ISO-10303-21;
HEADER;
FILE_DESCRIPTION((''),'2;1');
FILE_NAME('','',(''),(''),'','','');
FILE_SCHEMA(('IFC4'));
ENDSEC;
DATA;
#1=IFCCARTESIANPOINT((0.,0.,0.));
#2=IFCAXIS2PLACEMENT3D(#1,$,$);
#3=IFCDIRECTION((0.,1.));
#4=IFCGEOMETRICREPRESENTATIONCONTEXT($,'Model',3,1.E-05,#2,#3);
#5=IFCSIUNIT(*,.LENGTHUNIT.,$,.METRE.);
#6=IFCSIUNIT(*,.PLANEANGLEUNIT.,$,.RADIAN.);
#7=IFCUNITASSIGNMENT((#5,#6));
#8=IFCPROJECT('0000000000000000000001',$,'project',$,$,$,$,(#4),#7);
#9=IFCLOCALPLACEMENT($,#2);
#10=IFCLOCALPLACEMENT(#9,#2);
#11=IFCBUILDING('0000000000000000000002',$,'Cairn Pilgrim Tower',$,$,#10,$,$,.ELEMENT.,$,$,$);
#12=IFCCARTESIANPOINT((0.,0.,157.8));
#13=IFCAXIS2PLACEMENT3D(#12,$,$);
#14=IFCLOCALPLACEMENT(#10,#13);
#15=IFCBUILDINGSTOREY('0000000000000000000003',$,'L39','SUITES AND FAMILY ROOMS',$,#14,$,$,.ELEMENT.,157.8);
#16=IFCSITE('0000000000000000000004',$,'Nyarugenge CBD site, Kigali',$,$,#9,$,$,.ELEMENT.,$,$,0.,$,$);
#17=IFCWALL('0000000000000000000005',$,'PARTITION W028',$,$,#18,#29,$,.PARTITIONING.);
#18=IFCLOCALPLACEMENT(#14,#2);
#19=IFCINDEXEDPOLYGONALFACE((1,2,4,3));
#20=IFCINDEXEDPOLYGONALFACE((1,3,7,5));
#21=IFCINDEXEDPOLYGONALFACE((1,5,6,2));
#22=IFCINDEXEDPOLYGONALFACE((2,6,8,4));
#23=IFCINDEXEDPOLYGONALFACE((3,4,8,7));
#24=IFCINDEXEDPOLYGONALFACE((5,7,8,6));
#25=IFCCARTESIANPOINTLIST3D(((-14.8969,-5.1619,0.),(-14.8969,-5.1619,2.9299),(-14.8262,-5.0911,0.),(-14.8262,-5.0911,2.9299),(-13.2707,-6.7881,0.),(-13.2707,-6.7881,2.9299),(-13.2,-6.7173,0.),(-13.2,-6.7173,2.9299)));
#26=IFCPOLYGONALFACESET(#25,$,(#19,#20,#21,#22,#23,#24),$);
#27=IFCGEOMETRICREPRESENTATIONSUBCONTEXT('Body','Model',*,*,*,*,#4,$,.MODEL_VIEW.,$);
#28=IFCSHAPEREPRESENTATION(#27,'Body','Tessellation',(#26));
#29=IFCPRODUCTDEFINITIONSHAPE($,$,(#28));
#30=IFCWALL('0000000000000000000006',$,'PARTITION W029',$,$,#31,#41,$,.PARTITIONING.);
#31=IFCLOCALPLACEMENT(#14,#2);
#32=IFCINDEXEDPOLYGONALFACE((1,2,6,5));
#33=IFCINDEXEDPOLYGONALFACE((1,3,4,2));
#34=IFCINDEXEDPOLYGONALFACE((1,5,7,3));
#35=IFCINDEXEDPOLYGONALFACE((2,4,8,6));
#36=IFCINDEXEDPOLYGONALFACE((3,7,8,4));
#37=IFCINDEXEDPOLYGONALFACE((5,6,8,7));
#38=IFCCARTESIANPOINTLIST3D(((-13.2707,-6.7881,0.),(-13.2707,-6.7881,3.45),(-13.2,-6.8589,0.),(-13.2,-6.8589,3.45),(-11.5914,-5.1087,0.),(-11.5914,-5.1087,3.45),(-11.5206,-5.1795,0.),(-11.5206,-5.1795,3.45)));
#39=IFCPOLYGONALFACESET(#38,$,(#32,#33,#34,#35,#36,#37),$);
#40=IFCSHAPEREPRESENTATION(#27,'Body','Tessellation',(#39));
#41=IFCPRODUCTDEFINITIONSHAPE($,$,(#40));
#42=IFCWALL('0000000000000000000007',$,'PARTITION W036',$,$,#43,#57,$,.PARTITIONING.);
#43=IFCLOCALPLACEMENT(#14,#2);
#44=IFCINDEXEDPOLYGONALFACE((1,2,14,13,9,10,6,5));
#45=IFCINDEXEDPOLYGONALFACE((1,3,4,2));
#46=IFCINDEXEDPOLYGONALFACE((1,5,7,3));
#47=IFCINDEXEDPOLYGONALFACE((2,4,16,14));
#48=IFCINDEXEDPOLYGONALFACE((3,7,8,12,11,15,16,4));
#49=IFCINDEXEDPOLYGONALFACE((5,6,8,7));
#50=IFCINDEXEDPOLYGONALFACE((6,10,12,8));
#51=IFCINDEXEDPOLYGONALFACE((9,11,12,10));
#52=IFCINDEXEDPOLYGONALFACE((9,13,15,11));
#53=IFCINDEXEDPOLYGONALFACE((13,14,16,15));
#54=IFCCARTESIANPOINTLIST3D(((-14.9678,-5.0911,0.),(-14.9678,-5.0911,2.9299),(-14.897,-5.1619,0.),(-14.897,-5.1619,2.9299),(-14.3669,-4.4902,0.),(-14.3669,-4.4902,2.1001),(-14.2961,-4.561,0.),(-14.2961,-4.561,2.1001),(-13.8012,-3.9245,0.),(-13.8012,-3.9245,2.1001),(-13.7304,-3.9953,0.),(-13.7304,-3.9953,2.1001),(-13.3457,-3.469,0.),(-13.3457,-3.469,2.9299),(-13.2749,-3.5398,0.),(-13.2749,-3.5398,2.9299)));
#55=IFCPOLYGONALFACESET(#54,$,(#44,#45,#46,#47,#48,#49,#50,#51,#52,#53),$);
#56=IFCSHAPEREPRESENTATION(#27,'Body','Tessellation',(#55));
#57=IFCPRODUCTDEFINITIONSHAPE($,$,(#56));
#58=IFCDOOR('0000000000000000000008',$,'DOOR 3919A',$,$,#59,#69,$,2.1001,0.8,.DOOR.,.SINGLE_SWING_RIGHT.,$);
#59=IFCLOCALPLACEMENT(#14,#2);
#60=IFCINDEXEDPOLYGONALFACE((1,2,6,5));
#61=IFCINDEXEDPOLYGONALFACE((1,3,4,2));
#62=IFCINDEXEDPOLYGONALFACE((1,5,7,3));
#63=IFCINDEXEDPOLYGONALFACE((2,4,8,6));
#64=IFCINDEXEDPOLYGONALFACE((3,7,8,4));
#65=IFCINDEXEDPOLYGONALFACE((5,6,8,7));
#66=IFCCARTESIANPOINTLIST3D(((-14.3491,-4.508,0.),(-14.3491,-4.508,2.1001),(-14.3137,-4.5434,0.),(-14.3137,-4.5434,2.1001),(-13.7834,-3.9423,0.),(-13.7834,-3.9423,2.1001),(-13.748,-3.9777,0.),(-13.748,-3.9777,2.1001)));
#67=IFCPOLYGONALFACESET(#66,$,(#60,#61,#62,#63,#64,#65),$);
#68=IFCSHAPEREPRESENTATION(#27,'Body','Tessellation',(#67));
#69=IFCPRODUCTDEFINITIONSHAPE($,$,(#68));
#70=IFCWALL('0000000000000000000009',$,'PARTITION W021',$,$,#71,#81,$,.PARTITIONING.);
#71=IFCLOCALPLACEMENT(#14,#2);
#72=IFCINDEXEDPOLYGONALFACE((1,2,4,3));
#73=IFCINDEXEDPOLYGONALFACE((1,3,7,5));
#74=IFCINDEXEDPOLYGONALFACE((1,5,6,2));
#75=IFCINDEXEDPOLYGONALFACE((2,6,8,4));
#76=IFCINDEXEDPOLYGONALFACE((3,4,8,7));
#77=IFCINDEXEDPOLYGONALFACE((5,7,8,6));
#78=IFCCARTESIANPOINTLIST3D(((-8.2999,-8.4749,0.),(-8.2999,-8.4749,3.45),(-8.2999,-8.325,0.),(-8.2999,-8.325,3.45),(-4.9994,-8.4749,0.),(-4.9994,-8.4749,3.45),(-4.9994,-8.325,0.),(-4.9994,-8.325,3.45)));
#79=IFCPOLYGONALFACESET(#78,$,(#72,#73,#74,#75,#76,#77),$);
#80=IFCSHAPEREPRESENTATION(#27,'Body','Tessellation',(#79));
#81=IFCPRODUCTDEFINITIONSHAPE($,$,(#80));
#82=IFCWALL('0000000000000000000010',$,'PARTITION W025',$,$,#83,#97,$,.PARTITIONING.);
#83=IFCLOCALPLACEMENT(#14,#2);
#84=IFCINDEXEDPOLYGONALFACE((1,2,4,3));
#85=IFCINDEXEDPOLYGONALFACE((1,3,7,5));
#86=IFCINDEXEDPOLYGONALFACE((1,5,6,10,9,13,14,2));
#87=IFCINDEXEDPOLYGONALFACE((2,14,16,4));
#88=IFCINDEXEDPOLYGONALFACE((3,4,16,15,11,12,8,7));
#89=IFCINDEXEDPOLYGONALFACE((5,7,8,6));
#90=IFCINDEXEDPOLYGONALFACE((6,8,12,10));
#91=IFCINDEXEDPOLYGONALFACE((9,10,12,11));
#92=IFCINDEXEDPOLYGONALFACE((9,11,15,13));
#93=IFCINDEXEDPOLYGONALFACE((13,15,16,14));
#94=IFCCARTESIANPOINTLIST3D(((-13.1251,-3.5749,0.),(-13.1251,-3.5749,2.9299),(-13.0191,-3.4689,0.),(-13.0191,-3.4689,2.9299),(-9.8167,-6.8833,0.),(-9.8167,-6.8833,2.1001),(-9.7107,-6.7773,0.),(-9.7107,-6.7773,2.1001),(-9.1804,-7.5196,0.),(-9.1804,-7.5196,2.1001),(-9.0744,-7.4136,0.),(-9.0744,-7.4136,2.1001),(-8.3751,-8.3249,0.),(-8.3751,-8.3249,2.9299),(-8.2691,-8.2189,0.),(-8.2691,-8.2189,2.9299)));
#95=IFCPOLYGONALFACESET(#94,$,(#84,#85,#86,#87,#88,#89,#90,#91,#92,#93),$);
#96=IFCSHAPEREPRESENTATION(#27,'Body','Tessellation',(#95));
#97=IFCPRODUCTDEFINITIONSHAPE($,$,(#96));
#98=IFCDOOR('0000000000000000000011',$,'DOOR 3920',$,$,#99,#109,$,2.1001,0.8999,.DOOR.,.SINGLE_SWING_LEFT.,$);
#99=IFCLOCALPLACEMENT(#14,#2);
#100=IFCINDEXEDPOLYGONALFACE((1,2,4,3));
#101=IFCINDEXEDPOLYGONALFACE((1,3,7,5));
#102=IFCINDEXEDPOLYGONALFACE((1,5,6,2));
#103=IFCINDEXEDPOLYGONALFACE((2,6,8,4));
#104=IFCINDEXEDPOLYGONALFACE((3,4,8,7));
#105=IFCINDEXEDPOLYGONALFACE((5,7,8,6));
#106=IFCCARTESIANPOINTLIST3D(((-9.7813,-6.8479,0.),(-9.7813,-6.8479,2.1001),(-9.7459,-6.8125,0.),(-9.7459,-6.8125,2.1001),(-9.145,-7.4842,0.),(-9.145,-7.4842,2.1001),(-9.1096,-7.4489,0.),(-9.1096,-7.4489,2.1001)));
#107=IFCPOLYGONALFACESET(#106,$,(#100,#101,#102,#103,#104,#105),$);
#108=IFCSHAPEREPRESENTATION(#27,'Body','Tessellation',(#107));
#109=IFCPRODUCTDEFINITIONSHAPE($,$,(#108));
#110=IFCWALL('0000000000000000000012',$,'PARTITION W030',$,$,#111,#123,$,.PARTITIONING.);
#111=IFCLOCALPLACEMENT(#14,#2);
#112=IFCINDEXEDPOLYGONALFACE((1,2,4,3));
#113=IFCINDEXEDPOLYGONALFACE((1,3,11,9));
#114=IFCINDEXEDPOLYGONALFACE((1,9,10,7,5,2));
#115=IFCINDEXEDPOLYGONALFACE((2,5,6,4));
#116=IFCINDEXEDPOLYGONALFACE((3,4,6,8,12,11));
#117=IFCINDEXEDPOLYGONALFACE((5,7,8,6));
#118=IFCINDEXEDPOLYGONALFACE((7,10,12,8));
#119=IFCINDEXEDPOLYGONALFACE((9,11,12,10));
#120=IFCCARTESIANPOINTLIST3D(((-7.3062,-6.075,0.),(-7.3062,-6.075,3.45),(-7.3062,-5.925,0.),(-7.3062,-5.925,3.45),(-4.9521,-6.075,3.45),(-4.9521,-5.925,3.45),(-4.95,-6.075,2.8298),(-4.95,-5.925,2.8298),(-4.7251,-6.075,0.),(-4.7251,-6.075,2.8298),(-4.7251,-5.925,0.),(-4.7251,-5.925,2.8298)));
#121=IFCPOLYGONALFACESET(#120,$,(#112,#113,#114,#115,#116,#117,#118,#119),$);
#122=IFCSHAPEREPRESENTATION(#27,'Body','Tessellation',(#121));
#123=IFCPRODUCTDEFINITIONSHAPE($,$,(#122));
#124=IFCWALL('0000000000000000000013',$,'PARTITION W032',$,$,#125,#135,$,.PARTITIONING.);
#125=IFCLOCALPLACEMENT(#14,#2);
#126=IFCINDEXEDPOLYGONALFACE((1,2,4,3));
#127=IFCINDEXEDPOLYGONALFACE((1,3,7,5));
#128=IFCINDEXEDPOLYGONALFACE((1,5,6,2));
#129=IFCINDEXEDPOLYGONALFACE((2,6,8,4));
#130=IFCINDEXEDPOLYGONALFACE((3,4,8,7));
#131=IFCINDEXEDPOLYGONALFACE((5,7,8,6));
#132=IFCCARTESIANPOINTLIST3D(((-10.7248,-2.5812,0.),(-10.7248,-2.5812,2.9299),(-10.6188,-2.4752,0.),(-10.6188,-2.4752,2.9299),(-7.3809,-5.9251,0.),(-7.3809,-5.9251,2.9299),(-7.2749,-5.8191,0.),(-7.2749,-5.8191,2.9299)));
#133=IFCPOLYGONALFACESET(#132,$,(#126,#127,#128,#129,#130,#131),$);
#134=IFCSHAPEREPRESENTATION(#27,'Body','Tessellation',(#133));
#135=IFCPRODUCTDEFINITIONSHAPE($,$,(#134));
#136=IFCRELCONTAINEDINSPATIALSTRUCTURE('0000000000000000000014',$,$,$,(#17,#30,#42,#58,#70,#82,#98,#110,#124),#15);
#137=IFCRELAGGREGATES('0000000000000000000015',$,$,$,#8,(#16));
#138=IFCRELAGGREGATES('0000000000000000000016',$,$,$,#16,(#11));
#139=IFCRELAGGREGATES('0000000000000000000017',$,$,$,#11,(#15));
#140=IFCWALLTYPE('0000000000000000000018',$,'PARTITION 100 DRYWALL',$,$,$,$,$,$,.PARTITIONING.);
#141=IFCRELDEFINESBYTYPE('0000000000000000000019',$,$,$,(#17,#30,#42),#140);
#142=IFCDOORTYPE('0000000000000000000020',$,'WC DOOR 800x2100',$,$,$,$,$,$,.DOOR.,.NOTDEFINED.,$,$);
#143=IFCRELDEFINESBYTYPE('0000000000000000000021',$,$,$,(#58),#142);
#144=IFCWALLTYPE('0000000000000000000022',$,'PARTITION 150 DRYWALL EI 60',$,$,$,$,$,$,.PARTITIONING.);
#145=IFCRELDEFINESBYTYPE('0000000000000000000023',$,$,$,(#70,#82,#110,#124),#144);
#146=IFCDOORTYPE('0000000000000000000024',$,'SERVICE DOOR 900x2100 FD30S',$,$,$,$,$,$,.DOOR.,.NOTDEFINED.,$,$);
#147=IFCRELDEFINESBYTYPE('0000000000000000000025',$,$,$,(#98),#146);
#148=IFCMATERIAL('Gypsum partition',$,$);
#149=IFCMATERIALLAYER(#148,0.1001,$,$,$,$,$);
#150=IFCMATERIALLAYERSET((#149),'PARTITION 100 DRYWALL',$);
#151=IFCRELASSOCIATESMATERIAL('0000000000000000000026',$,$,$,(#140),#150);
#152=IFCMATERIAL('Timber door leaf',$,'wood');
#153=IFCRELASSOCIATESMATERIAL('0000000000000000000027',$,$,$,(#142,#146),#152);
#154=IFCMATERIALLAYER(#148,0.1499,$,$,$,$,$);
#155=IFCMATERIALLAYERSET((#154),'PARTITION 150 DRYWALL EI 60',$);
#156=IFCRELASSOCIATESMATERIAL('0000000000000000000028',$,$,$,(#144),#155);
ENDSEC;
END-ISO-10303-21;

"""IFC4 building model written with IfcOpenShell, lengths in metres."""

from ifc_helpers import new_model, si_unit, direction, frame, frame_2d, origin, place, context, subcontext, project, spatial, polyline, rectangle, outline, extrude, material, layer, layer_set, type_object, element, fill, save


model = new_model("IFC4")

# Units and contexts
model_context = context("Model", 3, precision=1e-05, world=origin(), true_north=direction((0.0, 1.0)))
body_context = subcontext(model_context, "Body", "Model", "MODEL_VIEW")
ifc_project = project(units=[si_unit("LENGTHUNIT", "METRE"), si_unit("PLANEANGLEUNIT", "RADIAN")], contexts=[model_context])

# Site, building, storey
site_placement = place(None, origin())
site = spatial("IfcSite", under=ifc_project, at=site_placement, Name="Nyarugenge CBD site, Kigali", CompositionType="ELEMENT", RefElevation=0.0)
building_placement = place(site_placement, origin())
building = spatial("IfcBuilding", under=site, at=building_placement, Name="Cairn Pilgrim Tower", CompositionType="ELEMENT")
storey_placement = place(building_placement, frame((0.0, 0.0, 157.8)))
storey = spatial("IfcBuildingStorey", under=building, at=storey_placement, Name="L39", Description="SUITES AND FAMILY ROOMS", CompositionType="ELEMENT", Elevation=157.8)

# Walls
ifc_material_1 = material(Name="Gypsum partition")
ifc_layer_1 = layer(ifc_material_1, 0.1001)
ifc_layer_set_1 = layer_set([ifc_layer_1], Name="PARTITION 100 DRYWALL")
wall_type_1 = type_object("IfcWallType", Name="PARTITION 100 DRYWALL", PredefinedType="PARTITIONING", material=ifc_layer_set_1)
wall_1_placement = place(storey_placement, frame((-13.2354, -6.7527, 0.0), z_axis=(0.0, 0.0, 1.0), x_axis=(-0.707107, 0.707107, 0.0)))
element("IfcWall", 1, at=wall_1_placement, inside=storey, type_object=wall_type_1, Name="PARTITION W028", PredefinedType="PARTITIONING", context=body_context, shape_type="SweptSolid", body=[
    extrude(rectangle(XDim=2.2998, YDim=0.1001, at=frame_2d((1.1499, 0.0))), origin(), (0.0, 0.0, 1.0), 2.9299),
])
wall_2_placement = place(storey_placement, frame((-13.2354, -6.8235, 0.0), z_axis=(0.0, 0.0, 1.0), x_axis=(0.707107, 0.707107, 0.0)))
element("IfcWall", 2, at=wall_2_placement, inside=storey, type_object=wall_type_1, Name="PARTITION W029", PredefinedType="PARTITIONING", context=body_context, shape_type="SweptSolid", body=[
    extrude(rectangle(XDim=2.375, YDim=0.1001, at=frame_2d((1.1875, 0.0))), origin(), (0.0, 0.0, 1.0), 3.45),
])

# Wall, opening, door
wall_3_placement = place(storey_placement, frame((-14.9324, -5.1265, 0.0), z_axis=(0.0, 0.0, 1.0), x_axis=(0.707107, 0.707107, 0.0)))
wall_3 = element("IfcWall", 3, at=wall_3_placement, inside=storey, type_object=wall_type_1, Name="PARTITION W036", PredefinedType="PARTITIONING", context=body_context, shape_type="SweptSolid", body=[
    extrude(rectangle(XDim=2.2939, YDim=0.1001, at=frame_2d((1.147, 0.0))), origin(), (0.0, 0.0, 1.0), 2.9299),
])
opening_1_placement = place(wall_3_placement, frame((0.8499, 0.0, 0.0)))
opening_1 = element("IfcOpeningElement", 4, at=opening_1_placement, cuts=wall_3, PredefinedType="OPENING", context=body_context, shape_type="SweptSolid", body=[
    extrude(rectangle(XDim=0.8, YDim=2.1001, at=frame_2d((0.3999, 1.05))), frame((0.0, 0.0601, 0.0), z_axis=(0.0, -1.0, 0.0), x_axis=(1.0, 0.0, 0.0)), (0.0, 0.0, 1.0), 0.1201),
])
ifc_material_2 = material(Name="Timber door leaf", Category="wood")
door_type_1 = type_object("IfcDoorType", Name="WC DOOR 800x2100", OperationType="NOTDEFINED", PredefinedType="DOOR", material=ifc_material_2)
door_1_placement = place(opening_1_placement, origin())
door_1 = element("IfcDoor", 5, at=door_1_placement, inside=storey, type_object=door_type_1, Name="DOOR 3919A", OperationType="SINGLE_SWING_RIGHT", OverallHeight=2.1001, OverallWidth=0.8, PredefinedType="DOOR", context=body_context, shape_type="SweptSolid", body=[
    extrude(rectangle(XDim=0.8, YDim=2.1001, at=frame_2d((0.3999, 1.05))), frame((0.0, 0.0249, 0.0), z_axis=(0.0, -1.0, 0.0), x_axis=(1.0, 0.0, 0.0)), (0.0, 0.0, 1.0), 0.05),
])
fill(opening_1, door_1)

# Wall
ifc_layer_2 = layer(ifc_material_1, 0.1499)
ifc_layer_set_2 = layer_set([ifc_layer_2], Name="PARTITION 150 DRYWALL EI 60")
wall_type_2 = type_object("IfcWallType", Name="PARTITION 150 DRYWALL EI 60", PredefinedType="PARTITIONING", material=ifc_layer_set_2)
wall_4_placement = place(storey_placement, frame((-8.3, -8.3999, 0.0), z_axis=(0.0, 0.0, 1.0), x_axis=(1.0, 0.0, 0.0)))
element("IfcWall", 6, at=wall_4_placement, inside=storey, type_object=wall_type_2, Name="PARTITION W021", PredefinedType="PARTITIONING", context=body_context, shape_type="SweptSolid", body=[
    extrude(rectangle(XDim=3.3005, YDim=0.1499, at=frame_2d((1.6504, 0.0))), origin(), (0.0, 0.0, 1.0), 3.45),
])

# Wall, opening, door
wall_5_placement = place(storey_placement, frame((-8.322, -8.272, 0.0), z_axis=(0.0, 0.0, 1.0), x_axis=(-0.707107, 0.707107, 0.0)))
wall_5 = element("IfcWall", 7, at=wall_5_placement, inside=storey, type_object=wall_type_2, Name="PARTITION W025", PredefinedType="PARTITIONING", context=body_context, shape_type="SweptSolid", body=[
    extrude(rectangle(XDim=6.7175, YDim=0.1499, at=frame_2d((3.3589, 0.0))), origin(), (0.0, 0.0, 1.0), 2.9299),
])
opening_2_placement = place(wall_5_placement, frame((1.1389, 0.0, 0.0)))
opening_2 = element("IfcOpeningElement", 8, at=opening_2_placement, cuts=wall_5, PredefinedType="OPENING", context=body_context, shape_type="SweptSolid", body=[
    extrude(rectangle(XDim=0.8999, YDim=2.1001, at=frame_2d((0.45, 1.05))), frame((0.0, 0.085, 0.0), z_axis=(0.0, -1.0, 0.0), x_axis=(1.0, 0.0, 0.0)), (0.0, 0.0, 1.0), 0.1699),
])
door_type_2 = type_object("IfcDoorType", Name="SERVICE DOOR 900x2100 FD30S", OperationType="NOTDEFINED", PredefinedType="DOOR", material=ifc_material_2)
door_2_placement = place(opening_2_placement, origin())
door_2 = element("IfcDoor", 9, at=door_2_placement, inside=storey, type_object=door_type_2, Name="DOOR 3920", OperationType="SINGLE_SWING_LEFT", OverallHeight=2.1001, OverallWidth=0.8999, PredefinedType="DOOR", context=body_context, shape_type="SweptSolid", body=[
    extrude(rectangle(XDim=0.8999, YDim=2.1001, at=frame_2d((0.45, 1.05))), frame((0.0, 0.0249, 0.0), z_axis=(0.0, -1.0, 0.0), x_axis=(1.0, 0.0, 0.0)), (0.0, 0.0, 1.0), 0.05),
])
fill(opening_2, door_2)

# Walls
wall_6_placement = place(storey_placement, frame((-7.3062, -6.0, 0.0), z_axis=(0.0, 0.0, 1.0), x_axis=(1.0, 0.0, 0.0)))
element("IfcWall", 10, at=wall_6_placement, inside=storey, type_object=wall_type_2, Name="PARTITION W030", PredefinedType="PARTITIONING", context=body_context, shape_type="SweptSolid", body=[
    extrude(outline(polyline([(0.0, 0.0), (2.5811, 0.0), (2.5811, 2.8298), (2.3562, 2.8298), (2.354, 3.45), (0.0, 3.45), (0.0, 0.0)])), frame((0.0, 0.075, 0.0), z_axis=(0.0, -1.0, 0.0), x_axis=(1.0, 0.0, 0.0)), (0.0, 0.0, 1.0), 0.1499),
])
wall_7_placement = place(storey_placement, frame((-7.3279, -5.8721, 0.0), z_axis=(0.0, 0.0, 1.0), x_axis=(-0.707107, 0.707107, 0.0)))
element("IfcWall", 11, at=wall_7_placement, inside=storey, type_object=wall_type_2, Name="PARTITION W032", PredefinedType="PARTITIONING", context=body_context, shape_type="SweptSolid", body=[
    extrude(rectangle(XDim=4.729, YDim=0.1499, at=frame_2d((2.3645, 0.0))), origin(), (0.0, 0.0, 1.0), 2.9299),
])

save(model, "model.ifc")
